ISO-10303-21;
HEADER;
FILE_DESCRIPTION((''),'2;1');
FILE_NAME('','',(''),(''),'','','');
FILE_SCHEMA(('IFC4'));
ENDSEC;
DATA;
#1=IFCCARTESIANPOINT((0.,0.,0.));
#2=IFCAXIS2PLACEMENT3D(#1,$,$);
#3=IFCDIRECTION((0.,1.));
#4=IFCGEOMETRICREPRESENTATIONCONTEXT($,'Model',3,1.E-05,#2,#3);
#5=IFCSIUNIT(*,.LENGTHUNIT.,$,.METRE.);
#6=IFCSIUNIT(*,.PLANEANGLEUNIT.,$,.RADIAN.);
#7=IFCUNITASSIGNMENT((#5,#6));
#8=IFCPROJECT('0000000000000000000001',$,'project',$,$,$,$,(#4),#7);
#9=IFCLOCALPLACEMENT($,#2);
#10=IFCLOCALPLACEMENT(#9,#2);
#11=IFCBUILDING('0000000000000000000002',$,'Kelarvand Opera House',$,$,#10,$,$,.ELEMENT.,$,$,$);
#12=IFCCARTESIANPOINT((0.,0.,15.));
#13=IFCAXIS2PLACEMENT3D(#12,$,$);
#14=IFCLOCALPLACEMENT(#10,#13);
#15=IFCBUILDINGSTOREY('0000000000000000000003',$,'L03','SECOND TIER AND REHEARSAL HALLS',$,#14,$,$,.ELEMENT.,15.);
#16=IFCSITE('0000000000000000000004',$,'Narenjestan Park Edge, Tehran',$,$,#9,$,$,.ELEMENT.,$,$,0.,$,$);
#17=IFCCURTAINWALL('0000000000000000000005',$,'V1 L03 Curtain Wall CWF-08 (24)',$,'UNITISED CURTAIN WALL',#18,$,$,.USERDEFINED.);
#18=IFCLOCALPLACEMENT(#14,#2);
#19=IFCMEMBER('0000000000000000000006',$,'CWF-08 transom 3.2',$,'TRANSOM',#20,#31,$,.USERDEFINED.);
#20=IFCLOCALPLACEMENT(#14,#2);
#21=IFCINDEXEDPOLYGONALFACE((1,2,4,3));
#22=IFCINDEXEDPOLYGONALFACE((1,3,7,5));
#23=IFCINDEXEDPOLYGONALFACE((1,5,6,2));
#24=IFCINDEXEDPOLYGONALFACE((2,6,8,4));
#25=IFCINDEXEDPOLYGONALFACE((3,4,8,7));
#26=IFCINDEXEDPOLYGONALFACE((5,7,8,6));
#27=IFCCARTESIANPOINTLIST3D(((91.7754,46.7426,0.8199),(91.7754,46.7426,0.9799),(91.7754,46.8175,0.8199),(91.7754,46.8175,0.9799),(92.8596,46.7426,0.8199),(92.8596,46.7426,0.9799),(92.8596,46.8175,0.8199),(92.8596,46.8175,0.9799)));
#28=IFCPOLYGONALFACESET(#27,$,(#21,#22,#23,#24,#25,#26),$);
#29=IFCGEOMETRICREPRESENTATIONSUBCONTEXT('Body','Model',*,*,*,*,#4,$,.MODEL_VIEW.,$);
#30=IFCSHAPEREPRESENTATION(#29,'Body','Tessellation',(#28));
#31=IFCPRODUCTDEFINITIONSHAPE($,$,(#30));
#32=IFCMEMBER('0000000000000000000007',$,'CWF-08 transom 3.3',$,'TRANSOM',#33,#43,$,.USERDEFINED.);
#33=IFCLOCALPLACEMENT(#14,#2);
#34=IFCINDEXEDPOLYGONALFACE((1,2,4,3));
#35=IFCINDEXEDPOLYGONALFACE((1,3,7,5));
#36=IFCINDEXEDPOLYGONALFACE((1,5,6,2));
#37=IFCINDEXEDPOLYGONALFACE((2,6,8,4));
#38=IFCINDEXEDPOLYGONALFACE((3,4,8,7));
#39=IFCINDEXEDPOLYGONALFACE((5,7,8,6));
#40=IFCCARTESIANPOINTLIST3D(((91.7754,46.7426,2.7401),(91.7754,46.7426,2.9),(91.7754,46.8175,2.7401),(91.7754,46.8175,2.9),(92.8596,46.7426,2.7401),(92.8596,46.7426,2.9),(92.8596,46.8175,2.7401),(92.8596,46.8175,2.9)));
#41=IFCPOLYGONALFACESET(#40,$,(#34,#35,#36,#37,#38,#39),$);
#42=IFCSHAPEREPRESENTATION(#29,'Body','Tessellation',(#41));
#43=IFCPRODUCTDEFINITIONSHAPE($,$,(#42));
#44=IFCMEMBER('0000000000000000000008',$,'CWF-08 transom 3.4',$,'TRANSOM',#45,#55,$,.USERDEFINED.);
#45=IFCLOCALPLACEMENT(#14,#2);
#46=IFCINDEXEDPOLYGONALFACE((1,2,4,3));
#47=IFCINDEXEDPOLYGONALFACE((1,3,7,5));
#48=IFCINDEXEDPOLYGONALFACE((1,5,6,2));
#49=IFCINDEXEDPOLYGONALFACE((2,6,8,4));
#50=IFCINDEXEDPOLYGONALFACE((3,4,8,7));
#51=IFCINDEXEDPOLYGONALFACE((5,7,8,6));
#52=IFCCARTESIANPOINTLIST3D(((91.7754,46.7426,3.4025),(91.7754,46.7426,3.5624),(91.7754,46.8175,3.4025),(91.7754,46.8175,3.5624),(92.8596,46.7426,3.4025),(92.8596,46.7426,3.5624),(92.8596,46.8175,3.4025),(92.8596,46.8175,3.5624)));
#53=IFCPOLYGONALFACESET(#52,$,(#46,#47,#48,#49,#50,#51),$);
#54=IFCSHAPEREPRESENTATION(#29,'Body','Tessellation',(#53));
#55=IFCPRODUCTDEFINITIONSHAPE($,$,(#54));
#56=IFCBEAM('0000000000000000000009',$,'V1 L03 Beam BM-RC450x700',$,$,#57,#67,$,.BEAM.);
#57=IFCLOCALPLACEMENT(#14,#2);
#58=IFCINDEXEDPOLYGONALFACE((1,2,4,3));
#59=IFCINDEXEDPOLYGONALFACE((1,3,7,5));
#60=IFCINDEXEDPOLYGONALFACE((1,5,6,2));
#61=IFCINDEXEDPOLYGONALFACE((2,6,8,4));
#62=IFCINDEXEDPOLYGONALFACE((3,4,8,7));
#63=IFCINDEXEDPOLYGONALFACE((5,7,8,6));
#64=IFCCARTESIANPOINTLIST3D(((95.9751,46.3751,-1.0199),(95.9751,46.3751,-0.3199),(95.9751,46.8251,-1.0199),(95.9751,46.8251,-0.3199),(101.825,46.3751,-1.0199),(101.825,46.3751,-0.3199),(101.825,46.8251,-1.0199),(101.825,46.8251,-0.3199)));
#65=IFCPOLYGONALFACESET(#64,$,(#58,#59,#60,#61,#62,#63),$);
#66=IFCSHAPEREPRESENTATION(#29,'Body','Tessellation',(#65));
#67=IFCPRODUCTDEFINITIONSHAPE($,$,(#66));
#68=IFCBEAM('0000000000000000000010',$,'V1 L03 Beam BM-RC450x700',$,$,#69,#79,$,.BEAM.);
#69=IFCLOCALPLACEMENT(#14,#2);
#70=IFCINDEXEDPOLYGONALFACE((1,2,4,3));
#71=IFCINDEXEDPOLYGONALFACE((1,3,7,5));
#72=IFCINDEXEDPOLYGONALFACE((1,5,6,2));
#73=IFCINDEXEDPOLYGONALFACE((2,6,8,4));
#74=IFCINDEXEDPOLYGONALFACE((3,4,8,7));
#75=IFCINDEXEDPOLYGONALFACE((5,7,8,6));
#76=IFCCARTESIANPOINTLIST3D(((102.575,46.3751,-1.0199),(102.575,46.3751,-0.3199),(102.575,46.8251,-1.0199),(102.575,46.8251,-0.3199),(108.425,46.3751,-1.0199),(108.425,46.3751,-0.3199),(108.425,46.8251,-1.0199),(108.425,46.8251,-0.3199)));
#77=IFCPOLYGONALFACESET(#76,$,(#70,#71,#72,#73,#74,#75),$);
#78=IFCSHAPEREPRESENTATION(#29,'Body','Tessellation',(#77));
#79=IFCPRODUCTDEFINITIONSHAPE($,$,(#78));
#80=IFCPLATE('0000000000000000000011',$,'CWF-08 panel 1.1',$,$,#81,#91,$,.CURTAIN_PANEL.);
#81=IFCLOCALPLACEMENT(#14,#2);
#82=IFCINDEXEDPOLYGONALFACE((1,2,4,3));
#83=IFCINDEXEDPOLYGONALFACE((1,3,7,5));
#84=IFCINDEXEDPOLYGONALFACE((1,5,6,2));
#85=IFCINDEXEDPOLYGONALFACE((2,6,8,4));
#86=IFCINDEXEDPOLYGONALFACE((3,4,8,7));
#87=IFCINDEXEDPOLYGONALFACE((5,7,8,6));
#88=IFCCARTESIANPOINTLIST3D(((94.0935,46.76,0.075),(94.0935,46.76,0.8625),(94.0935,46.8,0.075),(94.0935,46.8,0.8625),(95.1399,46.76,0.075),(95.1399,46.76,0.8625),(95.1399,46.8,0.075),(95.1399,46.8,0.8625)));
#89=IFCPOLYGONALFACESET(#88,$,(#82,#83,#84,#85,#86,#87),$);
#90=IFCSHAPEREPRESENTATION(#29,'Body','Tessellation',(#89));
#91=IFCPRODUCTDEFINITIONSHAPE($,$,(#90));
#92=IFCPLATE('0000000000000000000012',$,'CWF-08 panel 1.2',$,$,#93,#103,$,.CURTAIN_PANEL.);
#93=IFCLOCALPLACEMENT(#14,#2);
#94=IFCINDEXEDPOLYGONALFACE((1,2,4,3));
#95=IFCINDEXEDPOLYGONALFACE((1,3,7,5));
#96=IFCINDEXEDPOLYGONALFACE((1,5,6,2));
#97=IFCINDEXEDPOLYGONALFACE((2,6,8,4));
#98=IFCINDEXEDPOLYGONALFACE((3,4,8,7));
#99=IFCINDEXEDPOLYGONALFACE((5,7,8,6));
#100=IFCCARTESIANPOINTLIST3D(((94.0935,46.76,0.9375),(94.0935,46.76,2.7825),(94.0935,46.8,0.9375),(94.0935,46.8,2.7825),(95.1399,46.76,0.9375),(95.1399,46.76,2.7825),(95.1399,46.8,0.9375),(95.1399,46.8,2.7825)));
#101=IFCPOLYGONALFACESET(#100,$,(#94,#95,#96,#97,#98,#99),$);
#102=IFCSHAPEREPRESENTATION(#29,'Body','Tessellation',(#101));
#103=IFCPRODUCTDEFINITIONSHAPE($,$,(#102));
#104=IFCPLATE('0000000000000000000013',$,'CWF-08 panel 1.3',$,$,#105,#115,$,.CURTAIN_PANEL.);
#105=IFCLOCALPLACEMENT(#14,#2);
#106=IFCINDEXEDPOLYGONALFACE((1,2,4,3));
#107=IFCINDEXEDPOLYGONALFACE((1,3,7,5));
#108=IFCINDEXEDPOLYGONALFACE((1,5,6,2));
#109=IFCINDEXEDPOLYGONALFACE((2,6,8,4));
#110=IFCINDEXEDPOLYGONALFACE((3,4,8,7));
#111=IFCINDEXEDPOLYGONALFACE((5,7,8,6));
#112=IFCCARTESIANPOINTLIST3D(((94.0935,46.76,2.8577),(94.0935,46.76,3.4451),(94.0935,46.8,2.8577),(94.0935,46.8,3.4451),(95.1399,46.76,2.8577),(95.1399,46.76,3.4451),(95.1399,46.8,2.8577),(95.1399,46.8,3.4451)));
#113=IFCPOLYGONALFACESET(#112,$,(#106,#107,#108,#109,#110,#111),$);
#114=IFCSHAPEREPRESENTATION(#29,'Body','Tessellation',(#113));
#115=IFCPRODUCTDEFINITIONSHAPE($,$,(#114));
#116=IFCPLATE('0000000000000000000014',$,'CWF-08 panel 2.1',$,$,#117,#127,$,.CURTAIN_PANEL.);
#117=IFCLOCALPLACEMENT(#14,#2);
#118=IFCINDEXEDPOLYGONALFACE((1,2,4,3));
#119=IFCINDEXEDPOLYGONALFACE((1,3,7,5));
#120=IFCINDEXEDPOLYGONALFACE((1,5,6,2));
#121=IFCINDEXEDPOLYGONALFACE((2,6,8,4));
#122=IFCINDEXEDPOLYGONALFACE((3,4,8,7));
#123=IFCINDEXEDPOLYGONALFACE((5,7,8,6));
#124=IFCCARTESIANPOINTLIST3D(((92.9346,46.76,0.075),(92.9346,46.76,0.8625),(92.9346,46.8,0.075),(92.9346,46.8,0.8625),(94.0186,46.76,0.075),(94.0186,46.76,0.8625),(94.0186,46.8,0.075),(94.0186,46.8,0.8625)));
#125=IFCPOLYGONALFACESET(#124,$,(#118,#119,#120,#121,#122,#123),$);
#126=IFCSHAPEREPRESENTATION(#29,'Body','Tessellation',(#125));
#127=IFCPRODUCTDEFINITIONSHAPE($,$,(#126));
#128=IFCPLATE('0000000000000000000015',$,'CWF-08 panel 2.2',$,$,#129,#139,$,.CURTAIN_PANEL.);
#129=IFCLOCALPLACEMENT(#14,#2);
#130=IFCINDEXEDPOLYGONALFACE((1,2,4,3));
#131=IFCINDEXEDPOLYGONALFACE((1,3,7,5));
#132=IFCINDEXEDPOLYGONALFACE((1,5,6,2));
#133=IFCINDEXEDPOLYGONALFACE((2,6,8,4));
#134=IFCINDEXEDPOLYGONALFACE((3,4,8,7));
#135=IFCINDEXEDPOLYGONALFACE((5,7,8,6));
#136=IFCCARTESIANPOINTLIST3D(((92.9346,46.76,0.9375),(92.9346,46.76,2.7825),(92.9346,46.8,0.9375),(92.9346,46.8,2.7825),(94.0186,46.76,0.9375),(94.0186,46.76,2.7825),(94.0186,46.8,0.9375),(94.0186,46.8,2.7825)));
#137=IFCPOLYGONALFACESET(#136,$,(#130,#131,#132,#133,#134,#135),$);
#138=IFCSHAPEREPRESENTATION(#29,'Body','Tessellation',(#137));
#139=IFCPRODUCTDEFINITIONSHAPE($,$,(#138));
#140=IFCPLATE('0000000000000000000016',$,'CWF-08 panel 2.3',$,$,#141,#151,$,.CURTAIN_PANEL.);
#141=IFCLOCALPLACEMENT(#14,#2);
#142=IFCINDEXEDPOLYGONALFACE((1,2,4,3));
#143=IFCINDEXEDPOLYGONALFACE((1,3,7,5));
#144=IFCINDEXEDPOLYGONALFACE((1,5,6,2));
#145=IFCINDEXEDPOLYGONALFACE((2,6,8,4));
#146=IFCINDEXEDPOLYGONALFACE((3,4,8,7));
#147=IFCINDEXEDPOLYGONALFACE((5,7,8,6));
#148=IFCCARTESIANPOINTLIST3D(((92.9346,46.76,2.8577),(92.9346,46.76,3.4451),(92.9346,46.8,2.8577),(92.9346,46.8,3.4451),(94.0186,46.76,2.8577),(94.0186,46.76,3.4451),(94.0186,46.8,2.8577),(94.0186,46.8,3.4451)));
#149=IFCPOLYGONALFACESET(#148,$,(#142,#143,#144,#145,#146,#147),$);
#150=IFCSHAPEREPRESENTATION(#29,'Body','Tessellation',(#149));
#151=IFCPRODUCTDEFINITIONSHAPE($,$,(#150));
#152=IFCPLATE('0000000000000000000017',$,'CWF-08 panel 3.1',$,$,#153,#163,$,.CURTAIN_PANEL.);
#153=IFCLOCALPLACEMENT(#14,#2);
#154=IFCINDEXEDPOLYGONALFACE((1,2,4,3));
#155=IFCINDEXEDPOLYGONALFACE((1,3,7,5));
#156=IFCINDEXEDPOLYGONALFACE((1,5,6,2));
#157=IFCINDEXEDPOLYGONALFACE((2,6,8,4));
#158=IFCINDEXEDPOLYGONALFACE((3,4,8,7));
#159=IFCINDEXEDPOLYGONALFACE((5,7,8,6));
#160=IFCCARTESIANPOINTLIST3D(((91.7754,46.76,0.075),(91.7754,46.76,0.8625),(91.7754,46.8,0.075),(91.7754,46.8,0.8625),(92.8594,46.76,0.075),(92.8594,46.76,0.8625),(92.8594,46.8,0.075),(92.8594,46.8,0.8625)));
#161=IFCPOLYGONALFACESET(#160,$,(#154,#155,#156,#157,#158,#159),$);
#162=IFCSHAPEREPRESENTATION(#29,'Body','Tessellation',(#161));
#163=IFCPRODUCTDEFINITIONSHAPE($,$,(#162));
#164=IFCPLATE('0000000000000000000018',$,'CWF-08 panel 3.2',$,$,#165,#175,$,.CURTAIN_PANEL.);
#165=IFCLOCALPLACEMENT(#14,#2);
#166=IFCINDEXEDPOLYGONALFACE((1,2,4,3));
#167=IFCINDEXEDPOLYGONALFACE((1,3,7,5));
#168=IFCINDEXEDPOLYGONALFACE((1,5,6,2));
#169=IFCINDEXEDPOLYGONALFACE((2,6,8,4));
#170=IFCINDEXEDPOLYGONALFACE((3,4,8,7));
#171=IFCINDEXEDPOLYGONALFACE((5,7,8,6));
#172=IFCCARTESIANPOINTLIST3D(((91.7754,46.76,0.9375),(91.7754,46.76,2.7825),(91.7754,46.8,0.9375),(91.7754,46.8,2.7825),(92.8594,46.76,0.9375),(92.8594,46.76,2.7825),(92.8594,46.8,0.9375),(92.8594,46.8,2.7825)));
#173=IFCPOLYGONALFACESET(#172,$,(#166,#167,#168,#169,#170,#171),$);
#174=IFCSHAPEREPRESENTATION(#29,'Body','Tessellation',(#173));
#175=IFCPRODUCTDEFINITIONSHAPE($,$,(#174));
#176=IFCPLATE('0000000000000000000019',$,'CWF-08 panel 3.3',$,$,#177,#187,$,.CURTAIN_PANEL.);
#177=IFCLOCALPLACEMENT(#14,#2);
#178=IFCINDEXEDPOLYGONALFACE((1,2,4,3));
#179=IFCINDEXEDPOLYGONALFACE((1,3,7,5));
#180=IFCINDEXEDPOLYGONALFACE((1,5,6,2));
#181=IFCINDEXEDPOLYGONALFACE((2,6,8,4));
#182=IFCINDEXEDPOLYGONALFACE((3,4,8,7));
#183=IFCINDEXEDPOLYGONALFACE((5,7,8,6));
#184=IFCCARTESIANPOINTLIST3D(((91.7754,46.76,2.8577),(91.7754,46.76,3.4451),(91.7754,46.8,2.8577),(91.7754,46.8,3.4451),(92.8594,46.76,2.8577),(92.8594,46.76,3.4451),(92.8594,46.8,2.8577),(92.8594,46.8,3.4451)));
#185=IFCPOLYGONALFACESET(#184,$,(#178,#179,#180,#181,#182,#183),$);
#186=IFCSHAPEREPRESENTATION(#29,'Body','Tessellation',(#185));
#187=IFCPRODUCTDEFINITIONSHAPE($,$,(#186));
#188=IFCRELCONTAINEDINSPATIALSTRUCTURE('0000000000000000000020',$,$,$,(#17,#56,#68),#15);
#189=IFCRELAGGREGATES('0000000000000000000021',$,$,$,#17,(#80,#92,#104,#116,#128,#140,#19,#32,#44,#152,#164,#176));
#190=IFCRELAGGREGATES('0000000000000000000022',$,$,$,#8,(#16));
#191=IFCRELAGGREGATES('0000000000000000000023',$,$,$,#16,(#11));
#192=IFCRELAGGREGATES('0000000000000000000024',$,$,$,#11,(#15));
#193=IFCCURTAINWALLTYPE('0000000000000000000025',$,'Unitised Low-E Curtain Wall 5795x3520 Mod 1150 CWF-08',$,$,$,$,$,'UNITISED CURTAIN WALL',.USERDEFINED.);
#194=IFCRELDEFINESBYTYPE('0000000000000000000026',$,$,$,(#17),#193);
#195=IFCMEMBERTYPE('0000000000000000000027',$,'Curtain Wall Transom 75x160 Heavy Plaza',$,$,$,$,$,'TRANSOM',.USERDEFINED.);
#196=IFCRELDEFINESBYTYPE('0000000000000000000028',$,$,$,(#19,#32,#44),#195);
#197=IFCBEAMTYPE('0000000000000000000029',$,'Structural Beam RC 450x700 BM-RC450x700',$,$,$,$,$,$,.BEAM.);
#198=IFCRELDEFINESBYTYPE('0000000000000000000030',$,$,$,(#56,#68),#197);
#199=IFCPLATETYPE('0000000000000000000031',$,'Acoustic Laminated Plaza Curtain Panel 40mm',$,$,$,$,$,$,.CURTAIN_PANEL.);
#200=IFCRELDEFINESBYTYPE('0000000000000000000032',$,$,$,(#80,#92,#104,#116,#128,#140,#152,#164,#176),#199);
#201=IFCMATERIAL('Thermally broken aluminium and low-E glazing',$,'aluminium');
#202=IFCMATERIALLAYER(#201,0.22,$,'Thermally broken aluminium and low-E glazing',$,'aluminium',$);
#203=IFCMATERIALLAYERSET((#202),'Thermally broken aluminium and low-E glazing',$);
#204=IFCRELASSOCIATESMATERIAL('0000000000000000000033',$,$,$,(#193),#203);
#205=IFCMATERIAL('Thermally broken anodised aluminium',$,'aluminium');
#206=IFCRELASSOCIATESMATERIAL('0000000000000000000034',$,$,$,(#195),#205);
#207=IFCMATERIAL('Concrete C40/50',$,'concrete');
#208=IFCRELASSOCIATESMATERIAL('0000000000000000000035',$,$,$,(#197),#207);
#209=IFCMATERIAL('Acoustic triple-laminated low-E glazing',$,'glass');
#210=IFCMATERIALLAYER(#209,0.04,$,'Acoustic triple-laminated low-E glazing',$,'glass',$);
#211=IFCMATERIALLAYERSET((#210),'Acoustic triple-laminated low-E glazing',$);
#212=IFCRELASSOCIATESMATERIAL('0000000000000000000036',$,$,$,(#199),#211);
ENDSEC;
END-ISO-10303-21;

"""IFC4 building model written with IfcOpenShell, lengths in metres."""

from ifc_helpers import new_model, si_unit, direction, frame, origin, origin_2d, place, context, subcontext, project, spatial, rectangle, extrude, material, layer, layer_set, material_profile, profile_set, type_object, element, aggregate, save


model = new_model("IFC4")

# Units and contexts
model_context = context("Model", 3, precision=1e-05, world=origin(), true_north=direction((0.0, 1.0)))
body_context = subcontext(model_context, "Body", "Model", "MODEL_VIEW")
ifc_project = project(units=[si_unit("LENGTHUNIT", "METRE"), si_unit("PLANEANGLEUNIT", "RADIAN")], contexts=[model_context])

# Site, building, storey
site_placement = place(None, origin())
site = spatial("IfcSite", under=ifc_project, at=site_placement, Name="Narenjestan Park Edge, Tehran", CompositionType="ELEMENT", RefElevation=0.0)
building_placement = place(site_placement, origin())
building = spatial("IfcBuilding", under=site, at=building_placement, Name="Kelarvand Opera House", CompositionType="ELEMENT")
storey_placement = place(building_placement, frame((0.0, 0.0, 15.0)))
storey = spatial("IfcBuildingStorey", under=building, at=storey_placement, Name="L03", Description="SECOND TIER AND REHEARSAL HALLS", CompositionType="ELEMENT", Elevation=15.0)

# Shared definitions
ifc_material_1 = material(Name="Concrete C40/50", Category="concrete")

# Curtain wall, members
ifc_material_2 = material(Name="Thermally broken aluminium and low-E glazing", Category="aluminium")
ifc_layer_1 = layer(ifc_material_2, 0.22, Name="Thermally broken aluminium and low-E glazing", Category="aluminium")
ifc_layer_set_1 = layer_set([ifc_layer_1], Name="Thermally broken aluminium and low-E glazing")
curtain_wall_type = type_object("IfcCurtainWallType", Name="Unitised Low-E Curtain Wall 5795x3520 Mod 1150 CWF-08", ElementType="UNITISED CURTAIN WALL", PredefinedType="USERDEFINED", material=ifc_layer_set_1)
curtain_wall_placement = place(storey_placement, origin())
curtain_wall = element("IfcCurtainWall", 1, at=curtain_wall_placement, inside=storey, type_object=curtain_wall_type, Name="V1 L03 Curtain Wall CWF-08 (24)", ObjectType="UNITISED CURTAIN WALL", PredefinedType="USERDEFINED")
ifc_material_3 = material(Name="Thermally broken anodised aluminium", Category="aluminium")
ifc_material_profile_1 = material_profile(ifc_material_3, rectangle(XDim=0.075, YDim=0.1599, at=origin_2d()), Name="ALU TRANSOM 75x160", Category="aluminium")
ifc_profile_set_1 = profile_set([ifc_material_profile_1], Name="Thermally broken anodised aluminium")
member_type_1 = type_object("IfcMemberType", Name="Curtain Wall Transom 75x160 Heavy Plaza", ElementType="TRANSOM", PredefinedType="USERDEFINED", material=ifc_profile_set_1)
member_1_placement = place(storey_placement, frame((92.8596, 46.78, 0.8999), z_axis=(-1.0, 0.0, 0.0), x_axis=(0.0, -1.0, 0.0)))
member_1 = element("IfcMember", 2, at=member_1_placement, type_object=member_type_1, Name="CWF-08 transom 3.2", ObjectType="TRANSOM", PredefinedType="USERDEFINED", context=body_context, shape_type="SweptSolid", body=[
    extrude(rectangle(XDim=0.075, YDim=0.1599, at=origin_2d()), origin(), (0.0, 0.0, 1.0), 1.0842),
])
member_2_placement = place(storey_placement, frame((92.8596, 46.78, 2.8201), z_axis=(-1.0, 0.0, 0.0), x_axis=(0.0, -1.0, 0.0)))
member_2 = element("IfcMember", 3, at=member_2_placement, type_object=member_type_1, Name="CWF-08 transom 3.3", ObjectType="TRANSOM", PredefinedType="USERDEFINED", context=body_context, shape_type="SweptSolid", body=[
    extrude(rectangle(XDim=0.075, YDim=0.1599, at=origin_2d()), origin(), (0.0, 0.0, 1.0), 1.0842),
])
member_3_placement = place(storey_placement, frame((92.8596, 46.78, 3.4824), z_axis=(-1.0, 0.0, 0.0), x_axis=(0.0, -1.0, 0.0)))
member_3 = element("IfcMember", 4, at=member_3_placement, type_object=member_type_1, Name="CWF-08 transom 3.4", ObjectType="TRANSOM", PredefinedType="USERDEFINED", context=body_context, shape_type="SweptSolid", body=[
    extrude(rectangle(XDim=0.075, YDim=0.1599, at=origin_2d()), origin(), (0.0, 0.0, 1.0), 1.0842),
])

# Beams
ifc_material_profile_2 = material_profile(ifc_material_1, rectangle(XDim=0.45, YDim=0.7, at=origin_2d()), Name="RC 450x700", Category="concrete")
ifc_profile_set_2 = profile_set([ifc_material_profile_2], Name="Concrete C40/50")
beam_type = type_object("IfcBeamType", Name="Structural Beam RC 450x700 BM-RC450x700", PredefinedType="BEAM", material=ifc_profile_set_2)
beam_1_placement = place(storey_placement, frame((95.9751, 46.6001, -0.6699), z_axis=(1.0, 0.0, 0.0), x_axis=(0.0, 1.0, 0.0)))
element("IfcBeam", 5, at=beam_1_placement, inside=storey, type_object=beam_type, Name="V1 L03 Beam BM-RC450x700", PredefinedType="BEAM", context=body_context, shape_type="SweptSolid", body=[
    extrude(rectangle(XDim=0.45, YDim=0.7, at=origin_2d()), origin(), (0.0, 0.0, 1.0), 5.8499),
])
beam_2_placement = place(storey_placement, frame((102.575, 46.6001, -0.6699), z_axis=(1.0, 0.0, 0.0), x_axis=(0.0, 1.0, 0.0)))
element("IfcBeam", 6, at=beam_2_placement, inside=storey, type_object=beam_type, Name="V1 L03 Beam BM-RC450x700", PredefinedType="BEAM", context=body_context, shape_type="SweptSolid", body=[
    extrude(rectangle(XDim=0.45, YDim=0.7, at=origin_2d()), origin(), (0.0, 0.0, 1.0), 5.8501),
])

# Plates
ifc_material_4 = material(Name="Acoustic triple-laminated low-E glazing", Category="glass")
ifc_layer_2 = layer(ifc_material_4, 0.04, Name="Acoustic triple-laminated low-E glazing", Category="glass")
ifc_layer_set_2 = layer_set([ifc_layer_2], Name="Acoustic triple-laminated low-E glazing")
plate_type = type_object("IfcPlateType", Name="Acoustic Laminated Plaza Curtain Panel 40mm", PredefinedType="CURTAIN_PANEL", material=ifc_layer_set_2)
plate_1_placement = place(storey_placement, frame((94.6167, 46.78, 0.075), z_axis=(0.0, 0.0, 1.0), x_axis=(-1.0, 0.0, 0.0)))
plate_1 = element("IfcPlate", 7, at=plate_1_placement, type_object=plate_type, Name="CWF-08 panel 1.1", PredefinedType="CURTAIN_PANEL", context=body_context, shape_type="SweptSolid", body=[
    extrude(rectangle(XDim=1.0464, YDim=0.04, at=origin_2d()), origin(), (0.0, 0.0, 1.0), 0.7876),
])
plate_2_placement = place(storey_placement, frame((94.6167, 46.78, 0.9375), z_axis=(0.0, 0.0, 1.0), x_axis=(-1.0, 0.0, 0.0)))
plate_2 = element("IfcPlate", 8, at=plate_2_placement, type_object=plate_type, Name="CWF-08 panel 1.2", PredefinedType="CURTAIN_PANEL", context=body_context, shape_type="SweptSolid", body=[
    extrude(rectangle(XDim=1.0464, YDim=0.04, at=origin_2d()), origin(), (0.0, 0.0, 1.0), 1.845),
])
plate_3_placement = place(storey_placement, frame((94.6167, 46.78, 2.8577), z_axis=(0.0, 0.0, 1.0), x_axis=(-1.0, 0.0, 0.0)))
plate_3 = element("IfcPlate", 9, at=plate_3_placement, type_object=plate_type, Name="CWF-08 panel 1.3", PredefinedType="CURTAIN_PANEL", context=body_context, shape_type="SweptSolid", body=[
    extrude(rectangle(XDim=1.0464, YDim=0.04, at=origin_2d()), origin(), (0.0, 0.0, 1.0), 0.5874),
])
plate_4_placement = place(storey_placement, frame((93.4766, 46.78, 0.075), z_axis=(0.0, 0.0, 1.0), x_axis=(-1.0, 0.0, 0.0)))
plate_4 = element("IfcPlate", 10, at=plate_4_placement, type_object=plate_type, Name="CWF-08 panel 2.1", PredefinedType="CURTAIN_PANEL", context=body_context, shape_type="SweptSolid", body=[
    extrude(rectangle(XDim=1.084, YDim=0.04, at=origin_2d()), origin(), (0.0, 0.0, 1.0), 0.7876),
])
plate_5_placement = place(storey_placement, frame((93.4766, 46.78, 0.9375), z_axis=(0.0, 0.0, 1.0), x_axis=(-1.0, 0.0, 0.0)))
plate_5 = element("IfcPlate", 11, at=plate_5_placement, type_object=plate_type, Name="CWF-08 panel 2.2", PredefinedType="CURTAIN_PANEL", context=body_context, shape_type="SweptSolid", body=[
    extrude(rectangle(XDim=1.084, YDim=0.04, at=origin_2d()), origin(), (0.0, 0.0, 1.0), 1.845),
])
plate_6_placement = place(storey_placement, frame((93.4766, 46.78, 2.8577), z_axis=(0.0, 0.0, 1.0), x_axis=(-1.0, 0.0, 0.0)))
plate_6 = element("IfcPlate", 12, at=plate_6_placement, type_object=plate_type, Name="CWF-08 panel 2.3", PredefinedType="CURTAIN_PANEL", context=body_context, shape_type="SweptSolid", body=[
    extrude(rectangle(XDim=1.084, YDim=0.04, at=origin_2d()), origin(), (0.0, 0.0, 1.0), 0.5874),
])
plate_7_placement = place(storey_placement, frame((92.3174, 46.78, 0.075), z_axis=(0.0, 0.0, 1.0), x_axis=(-1.0, 0.0, 0.0)))
plate_7 = element("IfcPlate", 13, at=plate_7_placement, type_object=plate_type, Name="CWF-08 panel 3.1", PredefinedType="CURTAIN_PANEL", context=body_context, shape_type="SweptSolid", body=[
    extrude(rectangle(XDim=1.084, YDim=0.04, at=origin_2d()), origin(), (0.0, 0.0, 1.0), 0.7876),
])
plate_8_placement = place(storey_placement, frame((92.3174, 46.78, 0.9375), z_axis=(0.0, 0.0, 1.0), x_axis=(-1.0, 0.0, 0.0)))
plate_8 = element("IfcPlate", 14, at=plate_8_placement, type_object=plate_type, Name="CWF-08 panel 3.2", PredefinedType="CURTAIN_PANEL", context=body_context, shape_type="SweptSolid", body=[
    extrude(rectangle(XDim=1.084, YDim=0.04, at=origin_2d()), origin(), (0.0, 0.0, 1.0), 1.845),
])
plate_9_placement = place(storey_placement, frame((92.3174, 46.78, 2.8577), z_axis=(0.0, 0.0, 1.0), x_axis=(-1.0, 0.0, 0.0)))
plate_9 = element("IfcPlate", 15, at=plate_9_placement, type_object=plate_type, Name="CWF-08 panel 3.3", PredefinedType="CURTAIN_PANEL", context=body_context, shape_type="SweptSolid", body=[
    extrude(rectangle(XDim=1.084, YDim=0.04, at=origin_2d()), origin(), (0.0, 0.0, 1.0), 0.5874),
])
aggregate(curtain_wall, [plate_1, plate_2, plate_3, plate_4, plate_5, plate_6, member_1, member_2, member_3, plate_7, plate_8, plate_9])

save(model, "model.ifc")
